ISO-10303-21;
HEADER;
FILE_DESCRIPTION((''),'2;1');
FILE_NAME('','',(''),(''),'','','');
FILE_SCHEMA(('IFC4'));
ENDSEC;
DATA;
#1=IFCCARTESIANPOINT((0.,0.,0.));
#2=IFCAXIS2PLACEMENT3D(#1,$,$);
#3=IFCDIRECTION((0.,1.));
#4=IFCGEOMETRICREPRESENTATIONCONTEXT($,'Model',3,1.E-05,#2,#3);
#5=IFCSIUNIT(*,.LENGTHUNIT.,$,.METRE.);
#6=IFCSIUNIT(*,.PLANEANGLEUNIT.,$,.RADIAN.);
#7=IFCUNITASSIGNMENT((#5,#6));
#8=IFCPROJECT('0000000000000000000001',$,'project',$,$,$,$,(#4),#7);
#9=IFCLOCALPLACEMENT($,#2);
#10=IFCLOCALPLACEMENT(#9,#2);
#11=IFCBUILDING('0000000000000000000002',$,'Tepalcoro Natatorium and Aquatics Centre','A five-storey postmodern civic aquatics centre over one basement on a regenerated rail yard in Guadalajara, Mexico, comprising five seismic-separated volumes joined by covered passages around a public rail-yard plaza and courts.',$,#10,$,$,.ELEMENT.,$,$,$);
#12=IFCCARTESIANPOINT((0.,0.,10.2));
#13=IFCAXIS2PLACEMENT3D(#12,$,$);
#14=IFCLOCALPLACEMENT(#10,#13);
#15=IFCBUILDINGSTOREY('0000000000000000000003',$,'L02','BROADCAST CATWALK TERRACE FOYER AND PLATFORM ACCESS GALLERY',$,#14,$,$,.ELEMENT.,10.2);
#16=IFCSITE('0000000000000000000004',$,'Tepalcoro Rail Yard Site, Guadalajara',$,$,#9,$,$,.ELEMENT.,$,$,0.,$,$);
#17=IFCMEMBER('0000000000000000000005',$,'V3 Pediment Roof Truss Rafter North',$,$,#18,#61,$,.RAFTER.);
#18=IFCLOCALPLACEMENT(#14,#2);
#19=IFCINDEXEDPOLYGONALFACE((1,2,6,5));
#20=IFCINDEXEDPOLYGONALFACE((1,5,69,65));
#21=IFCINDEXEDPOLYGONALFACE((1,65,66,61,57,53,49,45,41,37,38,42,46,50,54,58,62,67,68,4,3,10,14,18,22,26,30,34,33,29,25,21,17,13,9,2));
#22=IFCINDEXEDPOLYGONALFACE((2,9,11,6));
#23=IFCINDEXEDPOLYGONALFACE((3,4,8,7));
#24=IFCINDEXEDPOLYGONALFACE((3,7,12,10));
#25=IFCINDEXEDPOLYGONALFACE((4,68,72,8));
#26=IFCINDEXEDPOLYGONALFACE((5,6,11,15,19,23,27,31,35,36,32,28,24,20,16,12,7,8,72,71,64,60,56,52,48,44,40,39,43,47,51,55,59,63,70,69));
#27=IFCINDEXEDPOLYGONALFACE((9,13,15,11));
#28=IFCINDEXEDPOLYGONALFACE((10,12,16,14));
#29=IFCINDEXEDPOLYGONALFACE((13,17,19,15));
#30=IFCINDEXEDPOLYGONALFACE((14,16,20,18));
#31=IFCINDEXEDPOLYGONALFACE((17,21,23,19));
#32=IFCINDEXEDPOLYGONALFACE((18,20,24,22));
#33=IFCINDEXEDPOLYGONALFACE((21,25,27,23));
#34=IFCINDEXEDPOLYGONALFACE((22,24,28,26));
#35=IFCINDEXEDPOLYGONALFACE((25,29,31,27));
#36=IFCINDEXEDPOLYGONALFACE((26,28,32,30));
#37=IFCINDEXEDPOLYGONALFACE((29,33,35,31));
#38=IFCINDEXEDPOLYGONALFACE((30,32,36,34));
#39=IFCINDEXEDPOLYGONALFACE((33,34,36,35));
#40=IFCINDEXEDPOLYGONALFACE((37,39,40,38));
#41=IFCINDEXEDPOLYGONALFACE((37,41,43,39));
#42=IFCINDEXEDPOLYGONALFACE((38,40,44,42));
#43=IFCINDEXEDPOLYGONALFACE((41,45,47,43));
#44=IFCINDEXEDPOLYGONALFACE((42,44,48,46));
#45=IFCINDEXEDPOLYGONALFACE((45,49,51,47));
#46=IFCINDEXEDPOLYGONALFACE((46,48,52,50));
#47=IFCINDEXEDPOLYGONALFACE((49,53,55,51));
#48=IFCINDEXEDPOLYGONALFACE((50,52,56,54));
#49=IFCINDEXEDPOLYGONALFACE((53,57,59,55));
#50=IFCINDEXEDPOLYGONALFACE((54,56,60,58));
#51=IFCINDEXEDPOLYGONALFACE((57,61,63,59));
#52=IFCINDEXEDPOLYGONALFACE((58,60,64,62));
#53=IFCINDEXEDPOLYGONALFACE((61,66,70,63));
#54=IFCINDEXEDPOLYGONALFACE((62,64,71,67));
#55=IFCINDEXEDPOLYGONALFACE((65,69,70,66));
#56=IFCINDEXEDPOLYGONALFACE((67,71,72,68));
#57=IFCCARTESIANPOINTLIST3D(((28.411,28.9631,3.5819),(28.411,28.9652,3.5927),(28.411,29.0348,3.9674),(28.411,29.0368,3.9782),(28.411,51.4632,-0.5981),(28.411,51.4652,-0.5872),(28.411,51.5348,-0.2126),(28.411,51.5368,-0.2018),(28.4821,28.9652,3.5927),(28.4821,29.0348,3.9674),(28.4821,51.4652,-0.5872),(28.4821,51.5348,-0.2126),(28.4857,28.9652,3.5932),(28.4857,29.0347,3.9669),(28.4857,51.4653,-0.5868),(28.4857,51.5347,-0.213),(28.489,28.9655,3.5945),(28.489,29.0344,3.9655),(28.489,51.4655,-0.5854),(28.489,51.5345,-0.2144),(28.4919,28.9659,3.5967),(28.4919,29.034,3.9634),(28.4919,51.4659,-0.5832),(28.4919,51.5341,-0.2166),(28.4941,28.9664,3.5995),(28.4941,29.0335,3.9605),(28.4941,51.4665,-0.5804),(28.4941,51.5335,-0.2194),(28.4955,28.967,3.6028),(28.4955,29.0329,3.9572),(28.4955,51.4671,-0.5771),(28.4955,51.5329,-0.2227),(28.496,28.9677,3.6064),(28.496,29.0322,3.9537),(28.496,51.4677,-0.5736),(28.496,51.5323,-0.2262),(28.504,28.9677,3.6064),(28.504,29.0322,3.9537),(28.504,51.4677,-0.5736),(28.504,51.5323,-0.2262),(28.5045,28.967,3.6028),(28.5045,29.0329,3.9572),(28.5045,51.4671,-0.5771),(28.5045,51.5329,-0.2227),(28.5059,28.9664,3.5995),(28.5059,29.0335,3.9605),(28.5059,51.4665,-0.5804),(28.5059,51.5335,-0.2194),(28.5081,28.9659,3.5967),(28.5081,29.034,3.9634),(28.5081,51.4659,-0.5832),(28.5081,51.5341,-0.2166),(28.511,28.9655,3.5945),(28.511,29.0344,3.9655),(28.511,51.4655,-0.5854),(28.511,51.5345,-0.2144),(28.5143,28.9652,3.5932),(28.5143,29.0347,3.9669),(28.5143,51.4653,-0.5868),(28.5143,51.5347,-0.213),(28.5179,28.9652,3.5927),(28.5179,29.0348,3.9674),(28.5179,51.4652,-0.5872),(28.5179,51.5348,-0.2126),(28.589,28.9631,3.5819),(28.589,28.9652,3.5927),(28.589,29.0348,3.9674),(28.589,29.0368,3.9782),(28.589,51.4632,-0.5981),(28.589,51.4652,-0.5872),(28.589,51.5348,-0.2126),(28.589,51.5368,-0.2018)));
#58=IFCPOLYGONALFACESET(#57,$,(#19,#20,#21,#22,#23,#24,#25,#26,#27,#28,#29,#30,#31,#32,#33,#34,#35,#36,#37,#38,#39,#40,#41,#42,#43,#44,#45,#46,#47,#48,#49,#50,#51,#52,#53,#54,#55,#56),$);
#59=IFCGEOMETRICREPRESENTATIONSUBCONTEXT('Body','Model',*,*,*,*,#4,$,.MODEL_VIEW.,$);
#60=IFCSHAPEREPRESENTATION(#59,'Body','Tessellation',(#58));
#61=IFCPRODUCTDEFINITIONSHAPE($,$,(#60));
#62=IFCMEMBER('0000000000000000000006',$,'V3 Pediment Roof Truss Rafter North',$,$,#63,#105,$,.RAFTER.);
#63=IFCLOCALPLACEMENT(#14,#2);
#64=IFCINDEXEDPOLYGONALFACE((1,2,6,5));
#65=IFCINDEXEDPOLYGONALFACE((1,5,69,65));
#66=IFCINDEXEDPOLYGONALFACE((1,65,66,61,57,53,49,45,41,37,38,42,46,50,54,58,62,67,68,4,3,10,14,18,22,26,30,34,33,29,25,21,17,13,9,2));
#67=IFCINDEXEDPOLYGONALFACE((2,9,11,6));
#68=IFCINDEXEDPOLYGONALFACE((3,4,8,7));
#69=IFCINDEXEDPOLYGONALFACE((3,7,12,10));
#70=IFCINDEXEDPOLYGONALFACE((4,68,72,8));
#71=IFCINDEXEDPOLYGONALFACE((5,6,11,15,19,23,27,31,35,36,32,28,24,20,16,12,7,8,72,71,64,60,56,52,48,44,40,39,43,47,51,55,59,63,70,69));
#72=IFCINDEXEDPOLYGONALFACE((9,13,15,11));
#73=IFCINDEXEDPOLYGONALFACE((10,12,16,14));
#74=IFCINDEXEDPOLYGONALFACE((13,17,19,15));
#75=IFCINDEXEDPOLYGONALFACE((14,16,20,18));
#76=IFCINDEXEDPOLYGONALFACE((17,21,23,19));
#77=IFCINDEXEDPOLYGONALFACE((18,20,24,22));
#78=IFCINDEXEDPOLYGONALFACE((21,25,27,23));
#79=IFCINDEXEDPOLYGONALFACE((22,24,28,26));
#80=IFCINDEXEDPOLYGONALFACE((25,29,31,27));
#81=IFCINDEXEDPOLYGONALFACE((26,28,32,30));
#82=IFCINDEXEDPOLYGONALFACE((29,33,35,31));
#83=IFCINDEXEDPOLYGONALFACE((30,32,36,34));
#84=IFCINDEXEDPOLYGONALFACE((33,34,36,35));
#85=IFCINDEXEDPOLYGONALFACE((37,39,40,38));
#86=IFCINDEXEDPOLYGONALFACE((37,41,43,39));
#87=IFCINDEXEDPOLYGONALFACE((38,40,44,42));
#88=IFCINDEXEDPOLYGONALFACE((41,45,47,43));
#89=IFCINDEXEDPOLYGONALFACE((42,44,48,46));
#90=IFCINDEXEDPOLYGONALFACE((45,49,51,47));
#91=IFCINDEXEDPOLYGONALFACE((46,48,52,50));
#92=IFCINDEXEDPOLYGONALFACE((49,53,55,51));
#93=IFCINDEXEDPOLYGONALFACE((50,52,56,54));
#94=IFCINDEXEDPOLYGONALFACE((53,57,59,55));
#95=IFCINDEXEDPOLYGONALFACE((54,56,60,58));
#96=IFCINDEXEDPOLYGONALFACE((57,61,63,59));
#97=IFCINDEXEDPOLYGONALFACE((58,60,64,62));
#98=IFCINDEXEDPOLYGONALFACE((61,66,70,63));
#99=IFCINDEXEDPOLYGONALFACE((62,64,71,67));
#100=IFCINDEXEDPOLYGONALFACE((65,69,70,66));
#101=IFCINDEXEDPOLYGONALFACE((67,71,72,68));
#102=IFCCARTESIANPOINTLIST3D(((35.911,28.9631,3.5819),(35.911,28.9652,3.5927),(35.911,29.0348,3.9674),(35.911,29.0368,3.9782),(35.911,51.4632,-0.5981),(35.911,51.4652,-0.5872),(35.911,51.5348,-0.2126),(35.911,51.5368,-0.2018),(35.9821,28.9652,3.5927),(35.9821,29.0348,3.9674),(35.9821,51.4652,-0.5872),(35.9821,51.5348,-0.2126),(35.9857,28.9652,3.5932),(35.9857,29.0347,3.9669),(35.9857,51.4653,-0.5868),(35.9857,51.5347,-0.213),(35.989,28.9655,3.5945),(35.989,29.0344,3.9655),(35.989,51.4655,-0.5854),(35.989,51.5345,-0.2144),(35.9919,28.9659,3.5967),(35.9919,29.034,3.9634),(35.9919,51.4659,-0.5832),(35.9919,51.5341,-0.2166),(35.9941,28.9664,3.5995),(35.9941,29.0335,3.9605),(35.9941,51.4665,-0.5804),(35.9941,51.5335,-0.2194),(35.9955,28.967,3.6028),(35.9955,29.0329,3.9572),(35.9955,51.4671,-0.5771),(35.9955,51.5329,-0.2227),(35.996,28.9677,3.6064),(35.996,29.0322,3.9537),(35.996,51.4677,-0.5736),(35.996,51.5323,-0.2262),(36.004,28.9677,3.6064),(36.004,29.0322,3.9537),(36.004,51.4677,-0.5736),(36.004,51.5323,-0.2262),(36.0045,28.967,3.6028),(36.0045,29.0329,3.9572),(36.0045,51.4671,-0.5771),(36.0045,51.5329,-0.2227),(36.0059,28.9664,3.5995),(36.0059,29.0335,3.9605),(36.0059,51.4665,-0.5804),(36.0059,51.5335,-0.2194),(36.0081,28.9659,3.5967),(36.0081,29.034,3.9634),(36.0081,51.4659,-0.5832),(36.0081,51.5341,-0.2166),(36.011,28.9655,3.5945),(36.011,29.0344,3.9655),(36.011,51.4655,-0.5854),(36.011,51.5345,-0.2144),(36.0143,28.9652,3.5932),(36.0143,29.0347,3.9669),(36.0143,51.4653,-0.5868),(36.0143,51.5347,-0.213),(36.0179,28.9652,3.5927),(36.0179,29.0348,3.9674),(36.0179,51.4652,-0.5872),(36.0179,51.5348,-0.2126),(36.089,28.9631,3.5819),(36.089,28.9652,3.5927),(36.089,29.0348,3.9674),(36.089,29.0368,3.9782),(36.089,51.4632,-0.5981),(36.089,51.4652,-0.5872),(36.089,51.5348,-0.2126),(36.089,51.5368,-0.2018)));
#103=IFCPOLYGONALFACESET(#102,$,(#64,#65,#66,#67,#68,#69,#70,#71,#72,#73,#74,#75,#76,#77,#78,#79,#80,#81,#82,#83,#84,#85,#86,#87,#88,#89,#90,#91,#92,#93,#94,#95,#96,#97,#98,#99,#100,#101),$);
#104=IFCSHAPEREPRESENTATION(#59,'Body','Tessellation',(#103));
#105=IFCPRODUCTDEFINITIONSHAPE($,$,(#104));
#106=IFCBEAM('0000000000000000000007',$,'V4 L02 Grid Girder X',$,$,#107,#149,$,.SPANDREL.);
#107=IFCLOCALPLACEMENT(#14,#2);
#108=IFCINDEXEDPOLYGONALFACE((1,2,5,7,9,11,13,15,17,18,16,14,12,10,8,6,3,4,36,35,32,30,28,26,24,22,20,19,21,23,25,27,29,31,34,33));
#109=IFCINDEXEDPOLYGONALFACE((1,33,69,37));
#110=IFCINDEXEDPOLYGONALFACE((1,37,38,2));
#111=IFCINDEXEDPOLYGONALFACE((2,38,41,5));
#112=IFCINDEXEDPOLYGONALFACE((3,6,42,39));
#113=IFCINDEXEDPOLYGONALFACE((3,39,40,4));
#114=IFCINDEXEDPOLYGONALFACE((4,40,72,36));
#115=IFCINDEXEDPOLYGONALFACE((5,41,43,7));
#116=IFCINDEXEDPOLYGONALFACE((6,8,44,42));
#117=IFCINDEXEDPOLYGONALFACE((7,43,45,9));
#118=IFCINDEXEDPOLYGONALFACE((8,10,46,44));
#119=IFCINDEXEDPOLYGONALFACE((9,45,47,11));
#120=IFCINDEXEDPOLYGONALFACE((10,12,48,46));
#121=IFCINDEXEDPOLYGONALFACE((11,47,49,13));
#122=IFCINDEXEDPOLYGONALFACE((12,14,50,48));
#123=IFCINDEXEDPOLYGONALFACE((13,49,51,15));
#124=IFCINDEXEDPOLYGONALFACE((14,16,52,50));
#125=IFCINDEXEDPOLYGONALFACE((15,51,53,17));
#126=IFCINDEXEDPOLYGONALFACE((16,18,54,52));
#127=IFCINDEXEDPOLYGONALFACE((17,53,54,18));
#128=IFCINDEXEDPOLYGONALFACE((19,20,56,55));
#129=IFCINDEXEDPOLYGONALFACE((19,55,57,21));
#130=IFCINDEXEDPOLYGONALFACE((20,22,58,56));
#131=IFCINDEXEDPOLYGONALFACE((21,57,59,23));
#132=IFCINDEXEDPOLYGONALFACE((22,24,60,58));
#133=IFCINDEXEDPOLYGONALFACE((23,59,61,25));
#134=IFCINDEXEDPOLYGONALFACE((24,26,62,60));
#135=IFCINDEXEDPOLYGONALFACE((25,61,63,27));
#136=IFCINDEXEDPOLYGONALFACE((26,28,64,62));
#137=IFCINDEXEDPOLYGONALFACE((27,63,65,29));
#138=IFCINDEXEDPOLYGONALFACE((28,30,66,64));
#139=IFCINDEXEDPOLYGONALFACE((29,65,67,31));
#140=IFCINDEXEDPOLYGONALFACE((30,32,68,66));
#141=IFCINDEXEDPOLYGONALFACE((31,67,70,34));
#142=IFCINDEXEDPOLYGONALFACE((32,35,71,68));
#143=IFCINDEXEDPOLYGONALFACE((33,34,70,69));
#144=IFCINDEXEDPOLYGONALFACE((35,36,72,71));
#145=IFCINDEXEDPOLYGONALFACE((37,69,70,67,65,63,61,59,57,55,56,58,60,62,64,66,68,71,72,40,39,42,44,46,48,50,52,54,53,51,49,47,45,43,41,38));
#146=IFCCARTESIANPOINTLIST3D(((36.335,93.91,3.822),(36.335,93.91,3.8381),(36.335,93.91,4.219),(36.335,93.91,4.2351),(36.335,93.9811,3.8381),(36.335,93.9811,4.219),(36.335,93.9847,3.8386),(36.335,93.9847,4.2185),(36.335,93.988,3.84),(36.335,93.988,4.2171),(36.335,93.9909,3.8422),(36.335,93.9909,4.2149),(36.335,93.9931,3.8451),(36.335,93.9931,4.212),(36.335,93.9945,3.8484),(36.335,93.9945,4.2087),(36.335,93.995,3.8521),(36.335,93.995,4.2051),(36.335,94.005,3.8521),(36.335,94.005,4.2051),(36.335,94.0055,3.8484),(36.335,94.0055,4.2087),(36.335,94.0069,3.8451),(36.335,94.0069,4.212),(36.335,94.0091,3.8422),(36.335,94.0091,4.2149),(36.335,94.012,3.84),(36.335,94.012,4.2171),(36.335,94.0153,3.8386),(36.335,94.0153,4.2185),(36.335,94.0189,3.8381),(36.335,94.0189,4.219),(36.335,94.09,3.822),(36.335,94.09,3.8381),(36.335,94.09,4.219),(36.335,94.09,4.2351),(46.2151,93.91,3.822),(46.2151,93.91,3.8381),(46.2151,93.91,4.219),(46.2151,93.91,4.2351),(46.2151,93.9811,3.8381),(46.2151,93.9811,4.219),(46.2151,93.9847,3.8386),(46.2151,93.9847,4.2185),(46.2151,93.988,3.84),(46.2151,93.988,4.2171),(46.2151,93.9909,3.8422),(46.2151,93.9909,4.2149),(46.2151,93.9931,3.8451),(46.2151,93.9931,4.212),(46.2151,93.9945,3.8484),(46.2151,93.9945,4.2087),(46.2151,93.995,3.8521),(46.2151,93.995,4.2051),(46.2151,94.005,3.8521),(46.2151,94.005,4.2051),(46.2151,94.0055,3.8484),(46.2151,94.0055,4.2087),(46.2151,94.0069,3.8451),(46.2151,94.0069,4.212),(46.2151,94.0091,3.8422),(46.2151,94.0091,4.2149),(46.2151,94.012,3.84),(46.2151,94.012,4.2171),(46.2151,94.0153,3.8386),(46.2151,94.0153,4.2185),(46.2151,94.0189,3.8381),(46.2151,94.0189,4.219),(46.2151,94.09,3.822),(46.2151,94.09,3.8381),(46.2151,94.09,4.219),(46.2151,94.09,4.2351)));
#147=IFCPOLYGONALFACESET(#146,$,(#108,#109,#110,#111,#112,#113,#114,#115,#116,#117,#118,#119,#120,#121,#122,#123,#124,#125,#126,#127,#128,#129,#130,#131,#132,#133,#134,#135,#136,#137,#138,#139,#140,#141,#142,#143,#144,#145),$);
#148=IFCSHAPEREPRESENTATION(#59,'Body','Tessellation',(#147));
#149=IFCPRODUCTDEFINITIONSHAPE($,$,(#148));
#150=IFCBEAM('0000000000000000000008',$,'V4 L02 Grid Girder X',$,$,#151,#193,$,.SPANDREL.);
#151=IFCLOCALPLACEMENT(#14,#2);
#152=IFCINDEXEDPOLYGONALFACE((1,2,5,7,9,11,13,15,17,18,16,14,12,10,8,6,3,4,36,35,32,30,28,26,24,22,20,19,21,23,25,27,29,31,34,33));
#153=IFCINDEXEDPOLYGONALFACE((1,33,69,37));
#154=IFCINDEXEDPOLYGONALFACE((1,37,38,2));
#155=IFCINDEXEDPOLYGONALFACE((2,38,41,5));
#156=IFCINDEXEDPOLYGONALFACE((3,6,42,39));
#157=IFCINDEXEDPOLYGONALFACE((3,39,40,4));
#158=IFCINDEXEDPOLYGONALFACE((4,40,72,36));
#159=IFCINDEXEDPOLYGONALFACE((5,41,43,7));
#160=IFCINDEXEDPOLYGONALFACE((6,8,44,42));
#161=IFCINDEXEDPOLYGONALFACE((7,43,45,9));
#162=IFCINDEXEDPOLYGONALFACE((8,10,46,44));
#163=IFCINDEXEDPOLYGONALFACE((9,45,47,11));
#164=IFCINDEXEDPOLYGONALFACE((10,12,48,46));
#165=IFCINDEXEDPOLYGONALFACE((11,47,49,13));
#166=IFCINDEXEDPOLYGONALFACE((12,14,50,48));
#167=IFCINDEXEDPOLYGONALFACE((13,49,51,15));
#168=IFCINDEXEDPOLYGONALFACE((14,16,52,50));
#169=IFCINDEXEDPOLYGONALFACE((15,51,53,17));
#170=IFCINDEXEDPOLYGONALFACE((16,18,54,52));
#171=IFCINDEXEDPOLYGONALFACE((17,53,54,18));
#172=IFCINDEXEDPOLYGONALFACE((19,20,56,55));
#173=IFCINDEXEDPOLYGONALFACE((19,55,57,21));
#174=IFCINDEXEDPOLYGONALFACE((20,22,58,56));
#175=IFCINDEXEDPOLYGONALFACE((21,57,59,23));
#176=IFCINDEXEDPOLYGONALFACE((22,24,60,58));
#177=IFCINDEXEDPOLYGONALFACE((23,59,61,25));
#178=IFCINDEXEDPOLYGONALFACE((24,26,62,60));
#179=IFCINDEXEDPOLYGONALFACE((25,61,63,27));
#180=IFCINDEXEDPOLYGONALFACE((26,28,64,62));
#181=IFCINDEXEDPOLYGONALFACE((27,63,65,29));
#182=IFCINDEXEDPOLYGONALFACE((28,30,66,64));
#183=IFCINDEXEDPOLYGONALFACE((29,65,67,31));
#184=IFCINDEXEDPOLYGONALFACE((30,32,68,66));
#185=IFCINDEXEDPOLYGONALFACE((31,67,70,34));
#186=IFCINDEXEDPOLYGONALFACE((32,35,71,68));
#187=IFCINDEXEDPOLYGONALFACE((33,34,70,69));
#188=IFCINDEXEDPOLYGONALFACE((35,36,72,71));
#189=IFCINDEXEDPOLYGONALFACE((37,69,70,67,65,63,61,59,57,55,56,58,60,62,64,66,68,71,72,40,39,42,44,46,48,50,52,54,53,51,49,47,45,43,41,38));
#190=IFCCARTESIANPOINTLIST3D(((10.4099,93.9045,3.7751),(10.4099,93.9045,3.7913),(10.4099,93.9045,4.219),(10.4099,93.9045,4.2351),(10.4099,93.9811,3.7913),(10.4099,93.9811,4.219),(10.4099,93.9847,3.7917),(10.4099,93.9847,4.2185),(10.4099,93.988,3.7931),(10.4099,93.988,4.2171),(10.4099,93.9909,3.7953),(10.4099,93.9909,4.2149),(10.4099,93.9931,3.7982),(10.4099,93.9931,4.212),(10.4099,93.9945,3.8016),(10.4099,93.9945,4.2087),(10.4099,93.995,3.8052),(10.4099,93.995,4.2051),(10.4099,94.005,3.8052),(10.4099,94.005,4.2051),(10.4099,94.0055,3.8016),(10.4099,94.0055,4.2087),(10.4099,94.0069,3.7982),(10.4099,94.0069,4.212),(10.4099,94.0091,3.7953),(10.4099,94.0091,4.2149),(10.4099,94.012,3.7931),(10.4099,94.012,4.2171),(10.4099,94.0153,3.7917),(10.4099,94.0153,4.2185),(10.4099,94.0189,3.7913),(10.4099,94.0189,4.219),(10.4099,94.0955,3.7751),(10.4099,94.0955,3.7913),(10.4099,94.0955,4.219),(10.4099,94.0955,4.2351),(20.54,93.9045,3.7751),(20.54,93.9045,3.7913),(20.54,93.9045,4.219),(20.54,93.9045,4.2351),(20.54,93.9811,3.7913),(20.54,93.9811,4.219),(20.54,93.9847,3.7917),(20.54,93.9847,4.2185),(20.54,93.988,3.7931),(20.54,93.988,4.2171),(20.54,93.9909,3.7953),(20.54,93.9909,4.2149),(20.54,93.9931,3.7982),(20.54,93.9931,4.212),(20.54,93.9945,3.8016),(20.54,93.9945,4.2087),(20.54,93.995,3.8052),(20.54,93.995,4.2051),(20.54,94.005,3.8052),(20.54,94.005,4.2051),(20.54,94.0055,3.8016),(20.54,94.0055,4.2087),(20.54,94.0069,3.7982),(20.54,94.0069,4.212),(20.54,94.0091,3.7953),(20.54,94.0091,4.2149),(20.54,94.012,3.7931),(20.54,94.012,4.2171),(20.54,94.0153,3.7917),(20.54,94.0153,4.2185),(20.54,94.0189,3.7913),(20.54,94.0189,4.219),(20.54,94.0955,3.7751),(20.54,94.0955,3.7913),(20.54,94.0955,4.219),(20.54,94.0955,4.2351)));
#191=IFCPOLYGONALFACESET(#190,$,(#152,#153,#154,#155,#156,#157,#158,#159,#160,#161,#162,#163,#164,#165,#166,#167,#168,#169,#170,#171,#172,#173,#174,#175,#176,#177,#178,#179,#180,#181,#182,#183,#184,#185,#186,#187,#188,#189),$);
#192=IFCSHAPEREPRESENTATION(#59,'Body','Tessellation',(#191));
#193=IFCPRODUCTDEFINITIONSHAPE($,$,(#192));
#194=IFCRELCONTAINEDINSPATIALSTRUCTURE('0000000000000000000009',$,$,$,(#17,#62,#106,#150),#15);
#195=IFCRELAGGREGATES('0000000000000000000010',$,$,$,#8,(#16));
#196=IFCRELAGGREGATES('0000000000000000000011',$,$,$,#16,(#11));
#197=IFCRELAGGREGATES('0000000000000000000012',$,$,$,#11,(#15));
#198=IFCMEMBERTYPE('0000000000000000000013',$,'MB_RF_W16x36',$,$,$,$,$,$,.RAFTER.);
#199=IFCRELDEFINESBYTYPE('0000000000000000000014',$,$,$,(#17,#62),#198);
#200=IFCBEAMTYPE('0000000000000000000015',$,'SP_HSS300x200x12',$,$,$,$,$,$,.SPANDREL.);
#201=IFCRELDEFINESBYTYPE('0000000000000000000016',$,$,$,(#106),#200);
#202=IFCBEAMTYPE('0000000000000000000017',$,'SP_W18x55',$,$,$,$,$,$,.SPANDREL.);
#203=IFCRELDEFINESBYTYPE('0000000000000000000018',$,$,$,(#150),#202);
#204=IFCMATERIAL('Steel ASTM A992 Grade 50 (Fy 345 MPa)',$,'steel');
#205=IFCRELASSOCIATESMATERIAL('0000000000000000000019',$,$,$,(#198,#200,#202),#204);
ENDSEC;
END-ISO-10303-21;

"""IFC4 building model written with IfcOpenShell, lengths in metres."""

from ifc_helpers import new_model, si_unit, direction, frame, origin, origin_2d, place, context, subcontext, project, spatial, i_section, extrude, material, material_profile, profile_set, type_object, element, save


model = new_model("IFC4")

# Units and contexts
model_context = context("Model", 3, precision=1e-05, world=origin(), true_north=direction((0.0, 1.0)))
body_context = subcontext(model_context, "Body", "Model", "MODEL_VIEW")
ifc_project = project(units=[si_unit("LENGTHUNIT", "METRE"), si_unit("PLANEANGLEUNIT", "RADIAN")], contexts=[model_context])

# Site, building, storey
site_placement = place(None, origin())
site = spatial("IfcSite", under=ifc_project, at=site_placement, Name="Tepalcoro Rail Yard Site, Guadalajara", CompositionType="ELEMENT", RefElevation=0.0)
building_placement = place(site_placement, origin())
building = spatial("IfcBuilding", under=site, at=building_placement, Name="Tepalcoro Natatorium and Aquatics Centre", Description="A five-storey postmodern civic aquatics centre over one basement on a regenerated rail yard in Guadalajara, Mexico, comprising five seismic-separated volumes joined by covered passages around a public rail-yard plaza and courts.", CompositionType="ELEMENT")
storey_placement = place(building_placement, frame((0.0, 0.0, 10.2)))
storey = spatial("IfcBuildingStorey", under=building, at=storey_placement, Name="L02", Description="BROADCAST CATWALK TERRACE FOYER AND PLATFORM ACCESS GALLERY", CompositionType="ELEMENT", Elevation=10.2)

# Members
ifc_material_1 = material(Name="Steel ASTM A992 Grade 50 (Fy 345 MPa)", Category="steel")
ifc_material_profile_1 = material_profile(ifc_material_1, i_section(OverallWidth=0.178, OverallDepth=0.4031, WebThickness=0.0081, FlangeThickness=0.011, FilletRadius=0.0139, at=origin_2d()), Name="W16X36")
ifc_profile_set_1 = profile_set([ifc_material_profile_1], Name="Steel ASTM A992 Grade 50 (Fy 345 MPa)")
member_type_1 = type_object("IfcMemberType", Name="MB_RF_W16x36", PredefinedType="RAFTER", material=ifc_profile_set_1)
for number, where, z_axis, x_axis, name in (
    (1, (28.5, 51.5, -0.3999), (0.0, -0.983178, 0.18265), (1.0, 0.0, 0.0), "V3 Pediment Roof Truss Rafter North"),
    (2, (36.0, 51.5, -0.3999), (0.0, -0.983178, 0.18265), (1.0, 0.0, 0.0), "V3 Pediment Roof Truss Rafter North"),
):
    element("IfcMember", number, at=place(storey_placement, frame(where, z_axis=z_axis, x_axis=x_axis)), inside=storey, type_object=member_type_1, Name=name, PredefinedType="RAFTER", context=body_context, shape_type="SweptSolid", body=[
        extrude(i_section(OverallWidth=0.178, OverallDepth=0.4031, WebThickness=0.0081, FlangeThickness=0.011, FilletRadius=0.0139, at=origin_2d()), origin(), (0.0, 0.0, 1.0), 22.885),
    ])

# Beams
ifc_material_profile_2 = material_profile(ifc_material_1, i_section(OverallWidth=0.1799, OverallDepth=0.4131, WebThickness=0.01, FlangeThickness=0.0161, FilletRadius=0.0139, at=origin_2d()), Name="W16X50")
ifc_profile_set_2 = profile_set([ifc_material_profile_2], Name="Steel ASTM A992 Grade 50 (Fy 345 MPa)")
beam_type_1 = type_object("IfcBeamType", Name="SP_HSS300x200x12", PredefinedType="SPANDREL", material=ifc_profile_set_2)
beam_1_placement = place(storey_placement, frame((36.335, 94.0, 4.0286), z_axis=(1.0, 0.0, 0.0), x_axis=(0.0, 1.0, 0.0)))
element("IfcBeam", 3, at=beam_1_placement, inside=storey, type_object=beam_type_1, Name="V4 L02 Grid Girder X", PredefinedType="SPANDREL", context=body_context, shape_type="SweptSolid", body=[
    extrude(i_section(OverallWidth=0.1799, OverallDepth=0.4131, WebThickness=0.01, FlangeThickness=0.0161, FilletRadius=0.0139, at=origin_2d()), origin(), (0.0, 0.0, 1.0), 9.8801),
])
ifc_material_profile_3 = material_profile(ifc_material_1, i_section(OverallWidth=0.1909, OverallDepth=0.46, WebThickness=0.01, FlangeThickness=0.0161, FilletRadius=0.0139, at=origin_2d()), Name="W18X55")
ifc_profile_set_3 = profile_set([ifc_material_profile_3], Name="Steel ASTM A992 Grade 50 (Fy 345 MPa)")
beam_type_2 = type_object("IfcBeamType", Name="SP_W18x55", PredefinedType="SPANDREL", material=ifc_profile_set_3)
beam_2_placement = place(storey_placement, frame((10.4099, 94.0, 4.0051), z_axis=(1.0, 0.0, 0.0), x_axis=(0.0, 1.0, 0.0)))
element("IfcBeam", 4, at=beam_2_placement, inside=storey, type_object=beam_type_2, Name="V4 L02 Grid Girder X", PredefinedType="SPANDREL", context=body_context, shape_type="SweptSolid", body=[
    extrude(i_section(OverallWidth=0.1909, OverallDepth=0.46, WebThickness=0.01, FlangeThickness=0.0161, FilletRadius=0.0139, at=origin_2d()), origin(), (0.0, 0.0, 1.0), 10.1301),
])

save(model, "model.ifc")
